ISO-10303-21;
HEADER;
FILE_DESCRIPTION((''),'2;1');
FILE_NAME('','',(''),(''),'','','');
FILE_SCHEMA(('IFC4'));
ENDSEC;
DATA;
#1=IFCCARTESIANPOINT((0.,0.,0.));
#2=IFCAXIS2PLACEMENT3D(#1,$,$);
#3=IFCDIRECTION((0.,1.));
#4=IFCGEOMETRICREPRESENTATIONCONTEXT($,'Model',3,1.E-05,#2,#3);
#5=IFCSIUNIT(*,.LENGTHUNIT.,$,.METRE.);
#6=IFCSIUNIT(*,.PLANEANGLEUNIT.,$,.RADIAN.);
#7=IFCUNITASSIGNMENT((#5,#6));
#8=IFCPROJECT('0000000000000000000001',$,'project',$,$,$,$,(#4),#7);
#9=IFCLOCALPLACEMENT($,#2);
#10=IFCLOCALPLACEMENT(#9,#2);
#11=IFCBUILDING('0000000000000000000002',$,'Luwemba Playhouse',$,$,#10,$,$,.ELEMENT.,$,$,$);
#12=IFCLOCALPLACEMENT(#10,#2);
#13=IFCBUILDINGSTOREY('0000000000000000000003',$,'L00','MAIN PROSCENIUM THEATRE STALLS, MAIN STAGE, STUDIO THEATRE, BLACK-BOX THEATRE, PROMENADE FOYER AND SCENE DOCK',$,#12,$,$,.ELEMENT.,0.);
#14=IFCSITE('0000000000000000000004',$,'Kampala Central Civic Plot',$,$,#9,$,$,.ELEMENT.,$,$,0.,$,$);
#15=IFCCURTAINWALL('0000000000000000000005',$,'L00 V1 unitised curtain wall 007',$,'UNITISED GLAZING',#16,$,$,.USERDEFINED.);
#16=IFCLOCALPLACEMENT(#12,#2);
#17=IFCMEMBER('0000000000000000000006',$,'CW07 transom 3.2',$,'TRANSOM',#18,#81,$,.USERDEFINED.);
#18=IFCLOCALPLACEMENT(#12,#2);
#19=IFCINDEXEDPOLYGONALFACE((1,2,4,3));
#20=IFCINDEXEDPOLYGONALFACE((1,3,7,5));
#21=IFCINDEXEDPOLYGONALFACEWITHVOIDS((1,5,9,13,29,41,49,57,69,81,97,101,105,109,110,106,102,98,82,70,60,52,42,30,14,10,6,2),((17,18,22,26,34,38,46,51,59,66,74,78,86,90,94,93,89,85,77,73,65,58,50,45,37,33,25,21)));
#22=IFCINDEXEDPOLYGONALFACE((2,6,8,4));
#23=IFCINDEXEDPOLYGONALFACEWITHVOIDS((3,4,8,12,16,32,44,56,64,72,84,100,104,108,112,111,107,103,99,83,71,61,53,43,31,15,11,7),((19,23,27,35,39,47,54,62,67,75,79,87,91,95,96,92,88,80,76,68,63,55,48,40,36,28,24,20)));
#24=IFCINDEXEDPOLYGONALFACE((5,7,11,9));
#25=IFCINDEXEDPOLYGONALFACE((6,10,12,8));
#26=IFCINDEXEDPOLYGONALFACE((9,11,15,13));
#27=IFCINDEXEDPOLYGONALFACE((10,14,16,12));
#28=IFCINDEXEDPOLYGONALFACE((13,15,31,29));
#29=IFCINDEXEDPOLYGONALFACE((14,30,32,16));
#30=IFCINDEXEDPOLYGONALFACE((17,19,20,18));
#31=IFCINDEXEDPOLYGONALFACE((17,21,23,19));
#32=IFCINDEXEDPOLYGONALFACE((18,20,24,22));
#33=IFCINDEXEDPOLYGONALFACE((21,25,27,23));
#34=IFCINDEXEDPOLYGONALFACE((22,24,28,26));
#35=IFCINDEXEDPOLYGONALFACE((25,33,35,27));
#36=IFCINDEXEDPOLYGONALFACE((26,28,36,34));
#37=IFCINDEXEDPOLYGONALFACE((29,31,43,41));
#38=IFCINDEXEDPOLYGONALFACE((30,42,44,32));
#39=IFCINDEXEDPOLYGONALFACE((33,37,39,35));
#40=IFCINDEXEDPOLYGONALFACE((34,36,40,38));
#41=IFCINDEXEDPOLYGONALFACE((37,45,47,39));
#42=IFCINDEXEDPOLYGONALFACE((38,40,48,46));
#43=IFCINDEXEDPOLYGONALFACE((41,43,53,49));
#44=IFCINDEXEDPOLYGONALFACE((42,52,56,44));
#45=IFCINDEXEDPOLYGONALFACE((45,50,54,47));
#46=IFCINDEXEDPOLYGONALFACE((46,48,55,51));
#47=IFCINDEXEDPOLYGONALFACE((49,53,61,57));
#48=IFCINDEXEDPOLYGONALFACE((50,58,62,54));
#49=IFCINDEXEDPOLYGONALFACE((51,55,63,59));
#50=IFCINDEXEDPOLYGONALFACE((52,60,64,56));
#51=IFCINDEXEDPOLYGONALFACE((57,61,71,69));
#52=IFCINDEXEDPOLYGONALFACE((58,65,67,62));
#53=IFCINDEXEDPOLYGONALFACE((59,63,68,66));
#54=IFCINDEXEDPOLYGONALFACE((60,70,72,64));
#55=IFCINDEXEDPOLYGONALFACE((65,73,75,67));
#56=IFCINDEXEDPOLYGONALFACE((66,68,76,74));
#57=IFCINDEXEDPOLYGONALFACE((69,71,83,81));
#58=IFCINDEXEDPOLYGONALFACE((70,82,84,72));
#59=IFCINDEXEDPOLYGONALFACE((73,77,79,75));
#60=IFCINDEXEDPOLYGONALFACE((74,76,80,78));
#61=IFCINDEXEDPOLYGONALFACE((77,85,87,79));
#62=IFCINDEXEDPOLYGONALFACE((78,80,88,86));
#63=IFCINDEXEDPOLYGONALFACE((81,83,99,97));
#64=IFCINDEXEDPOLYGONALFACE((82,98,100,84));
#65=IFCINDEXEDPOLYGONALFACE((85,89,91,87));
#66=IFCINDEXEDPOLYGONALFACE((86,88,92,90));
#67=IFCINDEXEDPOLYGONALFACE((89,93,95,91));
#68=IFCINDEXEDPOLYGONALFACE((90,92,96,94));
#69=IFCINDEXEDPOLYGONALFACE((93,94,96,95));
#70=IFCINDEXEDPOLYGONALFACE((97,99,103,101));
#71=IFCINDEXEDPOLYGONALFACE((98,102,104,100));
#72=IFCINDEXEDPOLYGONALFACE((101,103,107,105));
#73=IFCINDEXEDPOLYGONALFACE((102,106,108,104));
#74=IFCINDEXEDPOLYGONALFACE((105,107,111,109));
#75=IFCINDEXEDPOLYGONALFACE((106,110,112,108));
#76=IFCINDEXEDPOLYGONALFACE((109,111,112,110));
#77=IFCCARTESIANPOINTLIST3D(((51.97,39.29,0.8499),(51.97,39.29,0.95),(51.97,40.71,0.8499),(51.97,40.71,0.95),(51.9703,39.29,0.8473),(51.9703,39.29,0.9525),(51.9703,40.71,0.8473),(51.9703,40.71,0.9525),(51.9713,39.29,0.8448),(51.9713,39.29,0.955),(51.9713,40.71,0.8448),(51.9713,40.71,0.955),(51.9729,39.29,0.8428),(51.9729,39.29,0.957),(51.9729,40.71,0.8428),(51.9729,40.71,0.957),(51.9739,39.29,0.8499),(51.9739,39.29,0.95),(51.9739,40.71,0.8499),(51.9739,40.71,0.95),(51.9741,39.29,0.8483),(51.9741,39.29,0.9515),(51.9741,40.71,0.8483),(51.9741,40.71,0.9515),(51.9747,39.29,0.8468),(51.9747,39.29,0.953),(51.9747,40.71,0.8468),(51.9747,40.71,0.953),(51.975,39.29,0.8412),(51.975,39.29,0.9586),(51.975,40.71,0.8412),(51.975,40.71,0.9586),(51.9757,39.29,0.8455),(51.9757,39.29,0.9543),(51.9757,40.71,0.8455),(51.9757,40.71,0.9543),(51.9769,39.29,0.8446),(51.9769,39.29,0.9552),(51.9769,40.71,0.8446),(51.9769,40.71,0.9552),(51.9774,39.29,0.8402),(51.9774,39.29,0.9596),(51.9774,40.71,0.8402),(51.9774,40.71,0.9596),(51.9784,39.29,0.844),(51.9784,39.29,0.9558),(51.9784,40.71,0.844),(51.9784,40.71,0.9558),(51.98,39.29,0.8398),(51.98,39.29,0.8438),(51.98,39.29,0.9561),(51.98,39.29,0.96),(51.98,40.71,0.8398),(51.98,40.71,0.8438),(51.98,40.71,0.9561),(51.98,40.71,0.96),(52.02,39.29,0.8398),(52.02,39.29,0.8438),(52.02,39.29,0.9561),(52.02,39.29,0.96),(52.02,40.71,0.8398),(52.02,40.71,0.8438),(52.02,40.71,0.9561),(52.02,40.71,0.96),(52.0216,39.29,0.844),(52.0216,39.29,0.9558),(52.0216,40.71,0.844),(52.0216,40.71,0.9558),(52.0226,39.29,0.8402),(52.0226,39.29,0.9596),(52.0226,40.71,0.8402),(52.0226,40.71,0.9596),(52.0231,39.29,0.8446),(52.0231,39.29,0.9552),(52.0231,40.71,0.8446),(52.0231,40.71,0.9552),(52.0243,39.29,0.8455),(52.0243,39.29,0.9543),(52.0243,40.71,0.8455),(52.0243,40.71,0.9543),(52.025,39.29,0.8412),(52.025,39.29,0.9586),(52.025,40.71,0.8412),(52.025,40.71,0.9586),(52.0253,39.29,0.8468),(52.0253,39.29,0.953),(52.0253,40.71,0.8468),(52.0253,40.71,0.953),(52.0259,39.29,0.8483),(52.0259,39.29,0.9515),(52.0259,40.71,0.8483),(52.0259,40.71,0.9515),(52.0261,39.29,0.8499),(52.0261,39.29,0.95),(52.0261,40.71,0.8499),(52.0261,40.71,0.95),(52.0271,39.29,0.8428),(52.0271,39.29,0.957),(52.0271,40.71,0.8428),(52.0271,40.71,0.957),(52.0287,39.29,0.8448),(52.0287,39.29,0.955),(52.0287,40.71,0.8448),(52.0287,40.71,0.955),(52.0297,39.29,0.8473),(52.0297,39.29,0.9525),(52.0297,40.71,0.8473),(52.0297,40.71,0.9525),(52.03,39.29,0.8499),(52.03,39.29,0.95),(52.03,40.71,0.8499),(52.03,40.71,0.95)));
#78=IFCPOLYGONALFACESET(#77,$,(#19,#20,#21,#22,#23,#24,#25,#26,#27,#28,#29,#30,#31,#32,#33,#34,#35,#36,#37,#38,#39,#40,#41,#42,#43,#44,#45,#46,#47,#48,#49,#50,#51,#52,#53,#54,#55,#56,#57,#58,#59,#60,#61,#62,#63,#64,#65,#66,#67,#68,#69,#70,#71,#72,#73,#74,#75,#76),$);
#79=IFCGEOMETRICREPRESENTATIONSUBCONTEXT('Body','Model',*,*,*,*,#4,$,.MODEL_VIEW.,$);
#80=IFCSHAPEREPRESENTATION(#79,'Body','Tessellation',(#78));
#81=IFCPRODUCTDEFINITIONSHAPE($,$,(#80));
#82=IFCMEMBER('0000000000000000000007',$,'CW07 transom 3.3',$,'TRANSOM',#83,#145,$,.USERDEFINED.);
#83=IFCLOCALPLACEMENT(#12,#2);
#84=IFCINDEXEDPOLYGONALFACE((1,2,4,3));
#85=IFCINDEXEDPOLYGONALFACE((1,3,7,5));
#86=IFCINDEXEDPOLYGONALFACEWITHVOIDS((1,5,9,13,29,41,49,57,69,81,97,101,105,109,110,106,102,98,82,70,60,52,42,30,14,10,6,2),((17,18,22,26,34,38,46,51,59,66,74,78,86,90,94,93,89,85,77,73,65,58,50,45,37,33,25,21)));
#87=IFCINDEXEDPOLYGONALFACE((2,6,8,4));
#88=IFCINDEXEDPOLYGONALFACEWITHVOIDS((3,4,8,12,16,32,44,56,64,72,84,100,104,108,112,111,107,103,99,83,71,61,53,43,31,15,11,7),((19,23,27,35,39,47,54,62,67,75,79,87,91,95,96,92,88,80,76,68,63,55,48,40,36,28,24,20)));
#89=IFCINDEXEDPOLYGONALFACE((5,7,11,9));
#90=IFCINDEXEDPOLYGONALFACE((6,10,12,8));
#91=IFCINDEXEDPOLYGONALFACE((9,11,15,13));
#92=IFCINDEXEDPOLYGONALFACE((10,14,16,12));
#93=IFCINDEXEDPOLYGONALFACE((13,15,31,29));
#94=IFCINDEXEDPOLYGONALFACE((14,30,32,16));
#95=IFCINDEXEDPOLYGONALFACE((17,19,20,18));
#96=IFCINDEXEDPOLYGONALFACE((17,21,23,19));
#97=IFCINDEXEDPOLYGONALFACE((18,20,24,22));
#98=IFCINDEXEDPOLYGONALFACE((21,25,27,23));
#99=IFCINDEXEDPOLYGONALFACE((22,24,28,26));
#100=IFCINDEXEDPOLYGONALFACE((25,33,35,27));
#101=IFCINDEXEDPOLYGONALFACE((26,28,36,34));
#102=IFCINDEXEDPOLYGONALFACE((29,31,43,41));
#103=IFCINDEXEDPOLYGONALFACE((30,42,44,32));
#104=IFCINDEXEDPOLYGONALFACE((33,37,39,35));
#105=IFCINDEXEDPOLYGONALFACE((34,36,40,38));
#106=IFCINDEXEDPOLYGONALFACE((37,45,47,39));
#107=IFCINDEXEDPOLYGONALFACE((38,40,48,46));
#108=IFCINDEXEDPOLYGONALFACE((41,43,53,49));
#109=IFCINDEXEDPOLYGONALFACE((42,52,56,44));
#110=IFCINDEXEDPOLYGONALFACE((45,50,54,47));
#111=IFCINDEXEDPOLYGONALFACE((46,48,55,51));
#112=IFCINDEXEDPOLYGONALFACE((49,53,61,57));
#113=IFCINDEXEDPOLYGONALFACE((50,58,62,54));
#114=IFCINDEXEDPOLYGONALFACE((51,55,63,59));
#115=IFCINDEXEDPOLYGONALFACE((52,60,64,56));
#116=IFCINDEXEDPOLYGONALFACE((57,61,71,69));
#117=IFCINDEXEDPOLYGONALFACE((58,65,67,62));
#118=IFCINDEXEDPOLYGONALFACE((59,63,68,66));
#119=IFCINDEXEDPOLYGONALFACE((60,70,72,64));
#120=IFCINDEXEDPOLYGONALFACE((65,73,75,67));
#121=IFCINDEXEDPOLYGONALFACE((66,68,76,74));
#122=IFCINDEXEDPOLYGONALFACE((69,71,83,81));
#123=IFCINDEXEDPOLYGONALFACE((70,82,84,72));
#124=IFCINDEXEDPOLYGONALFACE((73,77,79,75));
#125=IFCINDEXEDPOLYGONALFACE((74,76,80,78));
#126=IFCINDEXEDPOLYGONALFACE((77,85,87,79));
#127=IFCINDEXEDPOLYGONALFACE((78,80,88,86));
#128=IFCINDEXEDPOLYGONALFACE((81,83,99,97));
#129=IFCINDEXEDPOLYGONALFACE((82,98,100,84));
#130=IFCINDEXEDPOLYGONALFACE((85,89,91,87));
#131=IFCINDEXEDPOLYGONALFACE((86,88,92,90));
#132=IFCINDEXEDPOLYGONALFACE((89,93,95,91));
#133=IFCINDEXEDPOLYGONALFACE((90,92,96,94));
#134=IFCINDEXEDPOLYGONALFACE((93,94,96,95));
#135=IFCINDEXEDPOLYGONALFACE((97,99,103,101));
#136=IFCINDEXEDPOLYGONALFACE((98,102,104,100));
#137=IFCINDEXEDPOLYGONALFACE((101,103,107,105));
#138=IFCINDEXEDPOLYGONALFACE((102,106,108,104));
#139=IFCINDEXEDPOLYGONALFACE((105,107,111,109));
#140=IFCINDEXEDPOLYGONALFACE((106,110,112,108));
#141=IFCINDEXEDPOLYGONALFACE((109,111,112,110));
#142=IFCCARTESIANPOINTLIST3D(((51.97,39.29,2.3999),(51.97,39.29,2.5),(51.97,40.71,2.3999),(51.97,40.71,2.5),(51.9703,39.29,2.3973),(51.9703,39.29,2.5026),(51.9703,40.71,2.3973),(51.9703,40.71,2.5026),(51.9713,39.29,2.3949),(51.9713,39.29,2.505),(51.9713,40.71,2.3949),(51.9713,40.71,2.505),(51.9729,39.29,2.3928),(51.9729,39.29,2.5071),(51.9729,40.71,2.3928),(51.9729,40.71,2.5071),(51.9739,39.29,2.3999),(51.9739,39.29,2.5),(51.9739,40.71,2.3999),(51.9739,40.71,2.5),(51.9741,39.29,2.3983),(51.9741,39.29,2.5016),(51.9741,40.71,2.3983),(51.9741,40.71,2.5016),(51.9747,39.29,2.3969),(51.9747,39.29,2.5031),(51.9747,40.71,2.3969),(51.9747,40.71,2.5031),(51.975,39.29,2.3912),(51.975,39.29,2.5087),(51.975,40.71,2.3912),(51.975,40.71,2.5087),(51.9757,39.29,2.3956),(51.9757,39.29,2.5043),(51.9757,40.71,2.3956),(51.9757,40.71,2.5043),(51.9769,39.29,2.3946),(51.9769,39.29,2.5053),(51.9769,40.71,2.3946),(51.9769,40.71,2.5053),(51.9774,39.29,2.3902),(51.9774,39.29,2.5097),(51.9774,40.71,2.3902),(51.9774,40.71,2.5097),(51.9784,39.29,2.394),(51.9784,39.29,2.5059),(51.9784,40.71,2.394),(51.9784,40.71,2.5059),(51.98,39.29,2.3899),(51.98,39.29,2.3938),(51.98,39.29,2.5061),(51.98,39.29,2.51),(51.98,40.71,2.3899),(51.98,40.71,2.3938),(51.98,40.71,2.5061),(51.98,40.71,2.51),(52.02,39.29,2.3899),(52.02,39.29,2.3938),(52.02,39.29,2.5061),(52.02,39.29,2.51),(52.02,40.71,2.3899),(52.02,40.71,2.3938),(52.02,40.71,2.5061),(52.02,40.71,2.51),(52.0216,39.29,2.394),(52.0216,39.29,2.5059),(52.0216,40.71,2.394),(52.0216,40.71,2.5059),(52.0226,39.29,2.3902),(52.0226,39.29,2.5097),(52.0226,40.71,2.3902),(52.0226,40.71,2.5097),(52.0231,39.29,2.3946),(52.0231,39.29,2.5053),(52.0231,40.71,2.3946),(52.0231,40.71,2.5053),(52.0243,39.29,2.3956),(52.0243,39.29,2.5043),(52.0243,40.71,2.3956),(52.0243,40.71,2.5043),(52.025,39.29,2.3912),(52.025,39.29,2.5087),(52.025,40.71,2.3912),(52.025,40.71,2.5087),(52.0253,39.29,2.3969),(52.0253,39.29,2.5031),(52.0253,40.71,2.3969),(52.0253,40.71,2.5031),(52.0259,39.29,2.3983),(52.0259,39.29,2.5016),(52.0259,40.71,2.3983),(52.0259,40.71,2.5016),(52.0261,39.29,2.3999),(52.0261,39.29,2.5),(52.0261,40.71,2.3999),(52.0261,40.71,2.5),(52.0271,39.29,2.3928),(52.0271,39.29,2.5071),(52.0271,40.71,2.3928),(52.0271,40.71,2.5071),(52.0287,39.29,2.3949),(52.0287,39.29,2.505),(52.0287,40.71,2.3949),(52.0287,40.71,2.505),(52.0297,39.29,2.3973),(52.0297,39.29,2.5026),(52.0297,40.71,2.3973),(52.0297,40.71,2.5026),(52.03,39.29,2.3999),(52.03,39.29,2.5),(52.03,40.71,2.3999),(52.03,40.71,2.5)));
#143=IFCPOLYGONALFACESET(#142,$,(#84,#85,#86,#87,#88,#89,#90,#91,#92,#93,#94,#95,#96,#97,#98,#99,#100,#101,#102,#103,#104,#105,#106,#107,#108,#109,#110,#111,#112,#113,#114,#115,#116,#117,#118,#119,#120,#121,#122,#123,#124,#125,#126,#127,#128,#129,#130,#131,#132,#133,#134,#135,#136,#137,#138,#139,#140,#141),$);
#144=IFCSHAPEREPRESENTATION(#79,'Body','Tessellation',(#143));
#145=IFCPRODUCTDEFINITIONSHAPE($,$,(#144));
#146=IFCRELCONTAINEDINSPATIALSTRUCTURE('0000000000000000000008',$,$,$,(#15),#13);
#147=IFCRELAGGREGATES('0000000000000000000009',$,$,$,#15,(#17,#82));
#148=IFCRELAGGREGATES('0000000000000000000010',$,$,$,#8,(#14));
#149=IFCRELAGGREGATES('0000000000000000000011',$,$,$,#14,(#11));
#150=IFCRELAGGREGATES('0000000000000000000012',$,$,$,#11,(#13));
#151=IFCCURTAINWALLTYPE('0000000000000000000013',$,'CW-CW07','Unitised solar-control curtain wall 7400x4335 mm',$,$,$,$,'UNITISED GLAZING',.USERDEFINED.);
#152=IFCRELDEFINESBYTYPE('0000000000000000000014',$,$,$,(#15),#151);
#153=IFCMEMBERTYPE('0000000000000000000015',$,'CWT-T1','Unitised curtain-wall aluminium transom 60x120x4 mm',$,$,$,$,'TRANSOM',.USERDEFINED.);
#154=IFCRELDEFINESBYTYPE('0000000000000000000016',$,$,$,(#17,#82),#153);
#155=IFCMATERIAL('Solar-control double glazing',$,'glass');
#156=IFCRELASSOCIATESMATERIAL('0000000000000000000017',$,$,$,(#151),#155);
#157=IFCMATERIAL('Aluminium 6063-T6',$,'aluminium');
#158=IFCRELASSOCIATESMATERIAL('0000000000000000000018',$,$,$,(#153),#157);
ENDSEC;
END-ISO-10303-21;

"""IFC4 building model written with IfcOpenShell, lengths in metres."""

from ifc_helpers import new_model, si_unit, direction, frame, origin, origin_2d, place, context, subcontext, project, spatial, hollow_rectangle, extrude, material, material_profile, profile_set, type_object, element, aggregate, save


model = new_model("IFC4")

# Units and contexts
model_context = context("Model", 3, precision=1e-05, world=origin(), true_north=direction((0.0, 1.0)))
body_context = subcontext(model_context, "Body", "Model", "MODEL_VIEW")
ifc_project = project(units=[si_unit("LENGTHUNIT", "METRE"), si_unit("PLANEANGLEUNIT", "RADIAN")], contexts=[model_context])

# Site, building, storey
site_placement = place(None, origin())
site = spatial("IfcSite", under=ifc_project, at=site_placement, Name="Kampala Central Civic Plot", CompositionType="ELEMENT", RefElevation=0.0)
building_placement = place(site_placement, origin())
building = spatial("IfcBuilding", under=site, at=building_placement, Name="Luwemba Playhouse", CompositionType="ELEMENT")
storey_placement = place(building_placement, origin())
storey = spatial("IfcBuildingStorey", under=building, at=storey_placement, Name="L00", Description="MAIN PROSCENIUM THEATRE STALLS, MAIN STAGE, STUDIO THEATRE, BLACK-BOX THEATRE, PROMENADE FOYER AND SCENE DOCK", CompositionType="ELEMENT", Elevation=0.0)

# Curtain wall, members
ifc_material_1 = material(Name="Solar-control double glazing", Category="glass")
curtain_wall_type = type_object("IfcCurtainWallType", Name="CW-CW07", Description="Unitised solar-control curtain wall 7400x4335 mm", ElementType="UNITISED GLAZING", PredefinedType="USERDEFINED", material=ifc_material_1)
curtain_wall_placement = place(storey_placement, origin())
curtain_wall = element("IfcCurtainWall", 1, at=curtain_wall_placement, inside=storey, type_object=curtain_wall_type, Name="L00 V1 unitised curtain wall 007", ObjectType="UNITISED GLAZING", PredefinedType="USERDEFINED")
ifc_material_2 = material(Name="Aluminium 6063-T6", Category="aluminium")
ifc_material_profile_1 = material_profile(ifc_material_2, hollow_rectangle(XDim=0.0601, YDim=0.1201, WallThickness=0.0039, InnerFilletRadius=0.0061, OuterFilletRadius=0.01, at=origin_2d()))
ifc_profile_set_1 = profile_set([ifc_material_profile_1], Name="Aluminium 6063-T6")
member_type_1 = type_object("IfcMemberType", Name="CWT-T1", Description="Unitised curtain-wall aluminium transom 60x120x4 mm", ElementType="TRANSOM", PredefinedType="USERDEFINED", material=ifc_profile_set_1)
member_1_placement = place(storey_placement, frame((52.0, 40.71, 0.8999), z_axis=(0.0, -1.0, 0.0), x_axis=(1.0, 0.0, 0.0)))
member_1 = element("IfcMember", 2, at=member_1_placement, type_object=member_type_1, Name="CW07 transom 3.2", ObjectType="TRANSOM", PredefinedType="USERDEFINED", context=body_context, shape_type="SweptSolid", body=[
    extrude(hollow_rectangle(XDim=0.0601, YDim=0.1201, WallThickness=0.0039, InnerFilletRadius=0.0061, OuterFilletRadius=0.01, at=origin_2d()), origin(), (0.0, 0.0, 1.0), 1.4199),
])
member_2_placement = place(storey_placement, frame((52.0, 40.71, 2.45), z_axis=(0.0, -1.0, 0.0), x_axis=(1.0, 0.0, 0.0)))
member_2 = element("IfcMember", 3, at=member_2_placement, type_object=member_type_1, Name="CW07 transom 3.3", ObjectType="TRANSOM", PredefinedType="USERDEFINED", context=body_context, shape_type="SweptSolid", body=[
    extrude(hollow_rectangle(XDim=0.0601, YDim=0.1201, WallThickness=0.0039, InnerFilletRadius=0.0061, OuterFilletRadius=0.01, at=origin_2d()), origin(), (0.0, 0.0, 1.0), 1.4199),
])
aggregate(curtain_wall, [member_1, member_2])

save(model, "model.ifc")
